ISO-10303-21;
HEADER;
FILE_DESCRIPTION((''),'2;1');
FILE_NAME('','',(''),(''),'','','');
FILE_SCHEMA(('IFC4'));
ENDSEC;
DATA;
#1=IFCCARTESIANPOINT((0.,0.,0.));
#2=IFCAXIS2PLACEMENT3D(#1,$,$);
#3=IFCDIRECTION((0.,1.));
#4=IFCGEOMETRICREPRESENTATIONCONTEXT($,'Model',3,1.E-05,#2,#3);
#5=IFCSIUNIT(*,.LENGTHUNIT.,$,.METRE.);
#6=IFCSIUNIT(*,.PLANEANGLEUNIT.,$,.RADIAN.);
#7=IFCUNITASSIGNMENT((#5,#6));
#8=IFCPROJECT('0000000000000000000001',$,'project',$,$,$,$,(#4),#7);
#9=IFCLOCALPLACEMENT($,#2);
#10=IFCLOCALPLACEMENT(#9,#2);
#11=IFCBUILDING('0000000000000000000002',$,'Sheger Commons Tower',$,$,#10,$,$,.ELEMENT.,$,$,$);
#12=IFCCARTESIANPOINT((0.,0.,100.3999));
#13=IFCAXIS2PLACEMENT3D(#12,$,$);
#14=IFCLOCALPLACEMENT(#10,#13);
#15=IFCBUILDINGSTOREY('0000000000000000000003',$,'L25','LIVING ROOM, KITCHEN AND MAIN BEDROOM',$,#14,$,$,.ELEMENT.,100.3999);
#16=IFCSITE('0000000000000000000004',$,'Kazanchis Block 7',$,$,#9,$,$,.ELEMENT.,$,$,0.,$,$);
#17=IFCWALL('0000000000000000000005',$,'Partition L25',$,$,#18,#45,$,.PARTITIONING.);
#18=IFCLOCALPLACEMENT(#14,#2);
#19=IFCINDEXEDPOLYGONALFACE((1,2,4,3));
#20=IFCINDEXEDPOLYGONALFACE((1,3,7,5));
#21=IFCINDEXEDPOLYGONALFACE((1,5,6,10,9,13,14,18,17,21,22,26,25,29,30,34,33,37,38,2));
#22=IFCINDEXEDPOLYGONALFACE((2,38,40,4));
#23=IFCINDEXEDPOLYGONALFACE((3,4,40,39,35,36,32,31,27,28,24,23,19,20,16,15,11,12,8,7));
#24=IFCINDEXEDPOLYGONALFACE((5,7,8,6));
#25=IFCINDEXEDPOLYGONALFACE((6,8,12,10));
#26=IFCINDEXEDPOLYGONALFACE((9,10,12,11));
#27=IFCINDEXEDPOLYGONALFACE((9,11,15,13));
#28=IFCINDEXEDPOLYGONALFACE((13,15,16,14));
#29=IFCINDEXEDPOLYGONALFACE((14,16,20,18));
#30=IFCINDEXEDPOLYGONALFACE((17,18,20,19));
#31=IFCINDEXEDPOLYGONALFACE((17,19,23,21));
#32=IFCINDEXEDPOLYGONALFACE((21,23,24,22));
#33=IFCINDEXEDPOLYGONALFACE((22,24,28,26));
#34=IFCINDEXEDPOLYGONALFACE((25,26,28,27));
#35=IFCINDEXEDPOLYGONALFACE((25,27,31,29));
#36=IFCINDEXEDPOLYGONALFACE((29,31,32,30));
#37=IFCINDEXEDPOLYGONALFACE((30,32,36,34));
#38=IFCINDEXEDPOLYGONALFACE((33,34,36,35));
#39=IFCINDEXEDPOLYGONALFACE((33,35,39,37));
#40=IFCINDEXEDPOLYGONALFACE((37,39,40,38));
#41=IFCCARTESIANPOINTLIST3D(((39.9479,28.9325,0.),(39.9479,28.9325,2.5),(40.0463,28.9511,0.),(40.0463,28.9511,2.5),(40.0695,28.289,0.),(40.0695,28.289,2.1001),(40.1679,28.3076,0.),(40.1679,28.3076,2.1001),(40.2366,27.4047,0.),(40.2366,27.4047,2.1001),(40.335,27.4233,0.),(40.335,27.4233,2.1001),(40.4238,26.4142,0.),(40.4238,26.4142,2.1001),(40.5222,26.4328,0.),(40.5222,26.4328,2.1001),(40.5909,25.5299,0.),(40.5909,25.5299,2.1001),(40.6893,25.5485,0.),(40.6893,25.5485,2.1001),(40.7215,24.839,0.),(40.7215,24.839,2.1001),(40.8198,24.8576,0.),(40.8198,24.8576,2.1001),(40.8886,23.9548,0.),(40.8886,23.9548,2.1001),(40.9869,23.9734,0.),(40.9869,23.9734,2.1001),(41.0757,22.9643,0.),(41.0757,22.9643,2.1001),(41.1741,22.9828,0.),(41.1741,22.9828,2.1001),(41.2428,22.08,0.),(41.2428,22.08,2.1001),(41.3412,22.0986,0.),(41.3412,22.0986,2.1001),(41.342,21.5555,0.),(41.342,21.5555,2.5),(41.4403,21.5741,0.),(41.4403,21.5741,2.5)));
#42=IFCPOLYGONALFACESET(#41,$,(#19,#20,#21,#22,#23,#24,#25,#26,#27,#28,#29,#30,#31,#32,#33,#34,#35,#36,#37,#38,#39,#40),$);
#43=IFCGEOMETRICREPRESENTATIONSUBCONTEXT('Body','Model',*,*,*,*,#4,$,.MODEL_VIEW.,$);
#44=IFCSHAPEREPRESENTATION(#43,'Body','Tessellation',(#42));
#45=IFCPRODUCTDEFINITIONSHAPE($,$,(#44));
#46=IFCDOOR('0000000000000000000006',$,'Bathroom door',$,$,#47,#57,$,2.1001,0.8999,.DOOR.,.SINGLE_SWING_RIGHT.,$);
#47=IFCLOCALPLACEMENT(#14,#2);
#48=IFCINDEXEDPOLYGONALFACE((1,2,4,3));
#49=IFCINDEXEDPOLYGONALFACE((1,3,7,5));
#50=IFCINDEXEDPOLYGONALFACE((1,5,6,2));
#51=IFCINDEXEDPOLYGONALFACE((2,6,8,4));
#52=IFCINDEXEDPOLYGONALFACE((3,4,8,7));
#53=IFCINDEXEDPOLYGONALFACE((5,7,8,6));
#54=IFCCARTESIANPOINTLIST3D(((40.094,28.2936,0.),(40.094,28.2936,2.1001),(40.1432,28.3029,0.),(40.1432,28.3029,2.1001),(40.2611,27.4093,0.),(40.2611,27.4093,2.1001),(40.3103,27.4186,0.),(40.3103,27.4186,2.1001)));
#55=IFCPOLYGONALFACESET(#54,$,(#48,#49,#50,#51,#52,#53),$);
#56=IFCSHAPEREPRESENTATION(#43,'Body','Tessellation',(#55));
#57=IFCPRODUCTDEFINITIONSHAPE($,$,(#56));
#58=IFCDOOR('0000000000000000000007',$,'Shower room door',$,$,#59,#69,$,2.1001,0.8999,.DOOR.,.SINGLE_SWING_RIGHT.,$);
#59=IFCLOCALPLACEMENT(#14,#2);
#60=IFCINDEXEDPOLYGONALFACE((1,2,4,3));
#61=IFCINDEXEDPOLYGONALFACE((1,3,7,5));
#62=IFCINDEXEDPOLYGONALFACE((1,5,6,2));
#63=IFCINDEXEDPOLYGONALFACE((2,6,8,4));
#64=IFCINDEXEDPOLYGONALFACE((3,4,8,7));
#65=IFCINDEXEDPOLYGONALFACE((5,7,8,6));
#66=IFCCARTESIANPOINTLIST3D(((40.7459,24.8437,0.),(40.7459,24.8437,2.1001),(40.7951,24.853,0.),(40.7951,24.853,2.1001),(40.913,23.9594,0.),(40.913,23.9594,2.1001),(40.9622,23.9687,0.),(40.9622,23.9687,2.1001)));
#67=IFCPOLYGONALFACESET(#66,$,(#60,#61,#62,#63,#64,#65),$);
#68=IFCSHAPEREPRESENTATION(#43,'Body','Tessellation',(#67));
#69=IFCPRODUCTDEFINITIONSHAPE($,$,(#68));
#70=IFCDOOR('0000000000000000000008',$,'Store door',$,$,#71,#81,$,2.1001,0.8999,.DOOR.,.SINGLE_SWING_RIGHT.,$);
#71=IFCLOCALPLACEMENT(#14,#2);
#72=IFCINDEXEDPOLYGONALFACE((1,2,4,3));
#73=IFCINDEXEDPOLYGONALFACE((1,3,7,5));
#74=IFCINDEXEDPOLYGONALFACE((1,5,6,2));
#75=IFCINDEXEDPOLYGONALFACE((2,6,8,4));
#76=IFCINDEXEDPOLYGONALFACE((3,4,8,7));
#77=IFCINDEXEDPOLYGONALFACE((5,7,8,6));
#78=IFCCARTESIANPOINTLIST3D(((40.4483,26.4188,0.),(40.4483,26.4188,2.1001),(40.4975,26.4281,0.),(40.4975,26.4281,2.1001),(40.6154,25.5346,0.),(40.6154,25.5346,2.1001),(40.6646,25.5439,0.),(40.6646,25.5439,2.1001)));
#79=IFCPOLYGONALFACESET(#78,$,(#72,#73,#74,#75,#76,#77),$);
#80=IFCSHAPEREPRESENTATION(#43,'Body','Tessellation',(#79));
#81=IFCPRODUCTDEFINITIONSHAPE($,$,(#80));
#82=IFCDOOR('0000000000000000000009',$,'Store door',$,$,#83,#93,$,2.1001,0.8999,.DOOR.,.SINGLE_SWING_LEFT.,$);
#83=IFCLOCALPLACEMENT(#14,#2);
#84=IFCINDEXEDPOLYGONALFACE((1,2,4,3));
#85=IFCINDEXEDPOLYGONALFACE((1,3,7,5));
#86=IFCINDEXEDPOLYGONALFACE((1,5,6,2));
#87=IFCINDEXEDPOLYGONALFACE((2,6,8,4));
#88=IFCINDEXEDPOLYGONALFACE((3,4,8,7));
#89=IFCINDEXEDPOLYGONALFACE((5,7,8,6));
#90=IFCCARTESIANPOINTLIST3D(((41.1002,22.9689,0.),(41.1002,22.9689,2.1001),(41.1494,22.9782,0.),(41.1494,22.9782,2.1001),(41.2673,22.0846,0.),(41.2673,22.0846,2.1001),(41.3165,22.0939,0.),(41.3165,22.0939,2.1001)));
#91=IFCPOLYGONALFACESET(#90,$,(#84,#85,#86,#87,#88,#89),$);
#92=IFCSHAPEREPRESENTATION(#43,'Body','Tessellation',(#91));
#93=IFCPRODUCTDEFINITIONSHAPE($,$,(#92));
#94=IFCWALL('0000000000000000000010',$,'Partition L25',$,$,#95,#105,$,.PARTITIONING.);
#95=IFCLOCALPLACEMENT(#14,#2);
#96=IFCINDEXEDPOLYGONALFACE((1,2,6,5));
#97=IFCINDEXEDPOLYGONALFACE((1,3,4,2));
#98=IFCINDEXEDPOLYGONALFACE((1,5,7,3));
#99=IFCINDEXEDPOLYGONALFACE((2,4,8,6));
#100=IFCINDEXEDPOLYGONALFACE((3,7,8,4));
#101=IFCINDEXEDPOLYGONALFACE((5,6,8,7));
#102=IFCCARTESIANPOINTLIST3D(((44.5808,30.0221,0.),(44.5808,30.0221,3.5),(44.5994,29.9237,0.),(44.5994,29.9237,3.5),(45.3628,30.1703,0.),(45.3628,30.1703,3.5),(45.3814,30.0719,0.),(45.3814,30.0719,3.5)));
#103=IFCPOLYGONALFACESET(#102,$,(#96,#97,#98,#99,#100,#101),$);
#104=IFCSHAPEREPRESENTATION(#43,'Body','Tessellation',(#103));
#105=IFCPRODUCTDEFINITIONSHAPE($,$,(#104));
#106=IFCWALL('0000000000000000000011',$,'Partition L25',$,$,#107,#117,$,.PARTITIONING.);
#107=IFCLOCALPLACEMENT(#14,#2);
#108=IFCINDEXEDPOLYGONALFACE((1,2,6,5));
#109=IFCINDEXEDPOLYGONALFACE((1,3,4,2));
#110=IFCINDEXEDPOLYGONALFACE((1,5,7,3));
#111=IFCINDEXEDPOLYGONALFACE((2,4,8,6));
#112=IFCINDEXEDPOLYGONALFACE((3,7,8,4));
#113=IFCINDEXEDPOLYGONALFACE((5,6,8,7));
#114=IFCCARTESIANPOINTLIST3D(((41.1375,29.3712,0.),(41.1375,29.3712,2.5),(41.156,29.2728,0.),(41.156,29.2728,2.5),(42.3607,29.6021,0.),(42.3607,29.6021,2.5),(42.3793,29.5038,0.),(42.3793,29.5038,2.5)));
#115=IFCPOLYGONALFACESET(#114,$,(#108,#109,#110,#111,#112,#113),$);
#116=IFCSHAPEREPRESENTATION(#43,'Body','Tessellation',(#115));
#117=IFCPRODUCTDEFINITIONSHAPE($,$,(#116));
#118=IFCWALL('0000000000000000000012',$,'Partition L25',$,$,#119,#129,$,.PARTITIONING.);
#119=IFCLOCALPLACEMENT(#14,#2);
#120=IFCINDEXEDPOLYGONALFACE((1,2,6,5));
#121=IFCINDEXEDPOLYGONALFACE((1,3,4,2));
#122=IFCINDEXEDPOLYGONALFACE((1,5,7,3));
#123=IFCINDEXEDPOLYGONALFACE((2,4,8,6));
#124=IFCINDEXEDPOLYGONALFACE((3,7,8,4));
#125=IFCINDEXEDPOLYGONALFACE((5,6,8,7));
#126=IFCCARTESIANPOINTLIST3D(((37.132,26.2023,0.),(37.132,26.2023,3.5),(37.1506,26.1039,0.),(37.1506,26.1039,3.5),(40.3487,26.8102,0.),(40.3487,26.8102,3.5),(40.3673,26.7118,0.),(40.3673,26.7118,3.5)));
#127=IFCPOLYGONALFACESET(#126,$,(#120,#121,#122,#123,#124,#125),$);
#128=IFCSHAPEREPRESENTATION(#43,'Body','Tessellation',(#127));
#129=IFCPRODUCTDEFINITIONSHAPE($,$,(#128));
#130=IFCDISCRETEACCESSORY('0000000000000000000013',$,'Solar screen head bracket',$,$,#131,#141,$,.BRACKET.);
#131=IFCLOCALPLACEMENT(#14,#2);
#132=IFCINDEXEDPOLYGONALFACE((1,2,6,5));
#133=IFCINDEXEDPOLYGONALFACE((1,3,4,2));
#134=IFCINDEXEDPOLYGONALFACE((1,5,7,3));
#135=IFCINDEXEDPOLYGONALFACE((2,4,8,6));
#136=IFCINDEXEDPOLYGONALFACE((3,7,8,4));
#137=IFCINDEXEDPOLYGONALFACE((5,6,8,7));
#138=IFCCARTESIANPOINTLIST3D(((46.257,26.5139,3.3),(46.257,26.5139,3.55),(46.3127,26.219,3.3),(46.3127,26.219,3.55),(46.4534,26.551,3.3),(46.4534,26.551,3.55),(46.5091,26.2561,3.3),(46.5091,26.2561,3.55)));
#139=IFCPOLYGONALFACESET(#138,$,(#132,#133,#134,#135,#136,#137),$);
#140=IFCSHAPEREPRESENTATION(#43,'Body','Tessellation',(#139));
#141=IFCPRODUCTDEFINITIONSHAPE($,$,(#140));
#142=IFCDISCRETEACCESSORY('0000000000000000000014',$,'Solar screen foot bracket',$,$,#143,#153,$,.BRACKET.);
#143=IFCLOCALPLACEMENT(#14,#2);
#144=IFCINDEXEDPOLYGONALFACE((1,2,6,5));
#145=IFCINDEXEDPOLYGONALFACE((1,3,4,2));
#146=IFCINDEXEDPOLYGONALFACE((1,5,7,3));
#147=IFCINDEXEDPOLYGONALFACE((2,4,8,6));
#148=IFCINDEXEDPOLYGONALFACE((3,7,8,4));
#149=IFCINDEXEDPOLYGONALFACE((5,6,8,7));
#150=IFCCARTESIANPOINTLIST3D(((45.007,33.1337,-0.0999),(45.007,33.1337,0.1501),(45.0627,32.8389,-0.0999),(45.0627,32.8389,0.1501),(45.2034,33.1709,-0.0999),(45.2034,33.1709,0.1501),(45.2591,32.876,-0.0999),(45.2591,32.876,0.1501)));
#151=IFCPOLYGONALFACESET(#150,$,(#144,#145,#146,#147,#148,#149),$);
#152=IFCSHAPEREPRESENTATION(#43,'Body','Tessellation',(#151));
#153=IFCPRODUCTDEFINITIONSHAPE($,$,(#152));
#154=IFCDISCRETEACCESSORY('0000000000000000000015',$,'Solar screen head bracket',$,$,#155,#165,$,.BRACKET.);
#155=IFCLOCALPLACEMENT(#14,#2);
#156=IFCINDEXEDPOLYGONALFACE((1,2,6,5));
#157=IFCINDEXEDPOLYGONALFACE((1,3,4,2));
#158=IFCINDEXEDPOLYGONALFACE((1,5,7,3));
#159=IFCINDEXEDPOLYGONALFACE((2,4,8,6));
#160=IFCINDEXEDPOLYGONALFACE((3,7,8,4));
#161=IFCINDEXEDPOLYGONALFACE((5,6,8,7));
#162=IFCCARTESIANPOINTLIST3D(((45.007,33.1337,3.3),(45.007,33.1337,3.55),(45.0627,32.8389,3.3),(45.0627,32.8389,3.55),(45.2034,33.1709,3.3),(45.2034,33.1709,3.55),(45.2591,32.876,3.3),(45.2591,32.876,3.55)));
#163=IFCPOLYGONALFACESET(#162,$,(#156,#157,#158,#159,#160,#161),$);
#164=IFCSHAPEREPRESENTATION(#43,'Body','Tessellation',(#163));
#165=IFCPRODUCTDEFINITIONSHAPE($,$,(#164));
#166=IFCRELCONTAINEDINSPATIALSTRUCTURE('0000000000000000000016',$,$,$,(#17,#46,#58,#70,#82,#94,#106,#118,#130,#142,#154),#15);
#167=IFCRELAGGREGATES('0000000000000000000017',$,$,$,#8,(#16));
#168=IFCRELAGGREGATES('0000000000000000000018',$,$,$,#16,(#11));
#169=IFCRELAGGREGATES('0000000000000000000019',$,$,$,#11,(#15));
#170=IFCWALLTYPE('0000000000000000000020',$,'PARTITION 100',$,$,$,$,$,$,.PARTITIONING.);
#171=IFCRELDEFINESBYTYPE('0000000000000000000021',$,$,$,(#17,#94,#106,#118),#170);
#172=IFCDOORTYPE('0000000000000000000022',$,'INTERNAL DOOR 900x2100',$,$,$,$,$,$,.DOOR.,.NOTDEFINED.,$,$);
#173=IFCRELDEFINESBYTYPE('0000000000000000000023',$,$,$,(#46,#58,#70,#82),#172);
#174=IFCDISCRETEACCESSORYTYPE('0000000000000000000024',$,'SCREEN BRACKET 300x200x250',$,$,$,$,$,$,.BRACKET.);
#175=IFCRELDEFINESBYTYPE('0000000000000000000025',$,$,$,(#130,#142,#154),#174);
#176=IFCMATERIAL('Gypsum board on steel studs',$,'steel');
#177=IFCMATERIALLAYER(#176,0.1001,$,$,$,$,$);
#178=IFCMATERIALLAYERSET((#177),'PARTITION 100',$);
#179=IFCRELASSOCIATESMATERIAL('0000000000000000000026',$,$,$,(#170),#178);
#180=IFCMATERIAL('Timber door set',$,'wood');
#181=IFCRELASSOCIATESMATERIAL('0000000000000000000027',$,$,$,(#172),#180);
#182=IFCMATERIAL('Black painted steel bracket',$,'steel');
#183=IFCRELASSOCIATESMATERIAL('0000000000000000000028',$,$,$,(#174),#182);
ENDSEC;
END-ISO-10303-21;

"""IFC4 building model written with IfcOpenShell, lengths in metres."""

from ifc_helpers import new_model, si_unit, direction, frame, frame_2d, origin, origin_2d, place, context, subcontext, project, spatial, rectangle, extrude, material, layer, layer_set, type_object, element, fill, save


model = new_model("IFC4")

# Units and contexts
model_context = context("Model", 3, precision=1e-05, world=origin(), true_north=direction((0.0, 1.0)))
body_context = subcontext(model_context, "Body", "Model", "MODEL_VIEW")
ifc_project = project(units=[si_unit("LENGTHUNIT", "METRE"), si_unit("PLANEANGLEUNIT", "RADIAN")], contexts=[model_context])

# Site, building, storey
site_placement = place(None, origin())
site = spatial("IfcSite", under=ifc_project, at=site_placement, Name="Kazanchis Block 7", CompositionType="ELEMENT", RefElevation=0.0)
building_placement = place(site_placement, origin())
building = spatial("IfcBuilding", under=site, at=building_placement, Name="Sheger Commons Tower", CompositionType="ELEMENT")
storey_placement = place(building_placement, frame((0.0, 0.0, 100.3999)))
storey = spatial("IfcBuildingStorey", under=building, at=storey_placement, Name="L25", Description="LIVING ROOM, KITCHEN AND MAIN BEDROOM", CompositionType="ELEMENT", Elevation=100.3999)

# Wall, openings, doors
ifc_material_1 = material(Name="Gypsum board on steel studs", Category="steel")
ifc_layer_1 = layer(ifc_material_1, 0.1001)
ifc_layer_set_1 = layer_set([ifc_layer_1], Name="PARTITION 100")
wall_type_1 = type_object("IfcWallType", Name="PARTITION 100", PredefinedType="PARTITIONING", material=ifc_layer_set_1)
ifc_material_2 = material(Name="Timber door set", Category="wood")
door_type = type_object("IfcDoorType", Name="INTERNAL DOOR 900x2100", OperationType="NOTDEFINED", PredefinedType="DOOR", material=ifc_material_2)
wall_1_placement = place(storey_placement, frame((39.9971, 28.9419, 0.0), z_axis=(0.0, 0.0, 1.0), x_axis=(0.185686, -0.982609, 0.0)))
wall_1 = element("IfcWall", 1, at=wall_1_placement, inside=storey, type_object=wall_type_1, Name="Partition L25", PredefinedType="PARTITIONING", context=body_context, shape_type="SweptSolid", body=[
    extrude(rectangle(XDim=7.5076, YDim=0.1001, at=frame_2d((3.7539, 0.0))), origin(), (0.0, 0.0, 1.0), 2.5),
])
opening_1_placement = place(wall_1_placement, frame((0.655, 0.0, 0.0)))
opening_1 = element("IfcOpeningElement", 2, at=opening_1_placement, cuts=wall_1, PredefinedType="OPENING", context=body_context, shape_type="SweptSolid", body=[
    extrude(rectangle(XDim=0.8999, YDim=2.1001, at=frame_2d((0.45, 1.05))), frame((0.0, 0.0601, 0.0), z_axis=(0.0, -1.0, 0.0), x_axis=(1.0, 0.0, 0.0)), (0.0, 0.0, 1.0), 0.1201),
])
opening_2_placement = place(wall_1_placement, frame((4.166, 0.0, 0.0)))
opening_2 = element("IfcOpeningElement", 3, at=opening_2_placement, cuts=wall_1, PredefinedType="OPENING", context=body_context, shape_type="SweptSolid", body=[
    extrude(rectangle(XDim=0.8999, YDim=2.1001, at=frame_2d((0.45, 1.05))), frame((0.0, 0.0601, 0.0), z_axis=(0.0, -1.0, 0.0), x_axis=(1.0, 0.0, 0.0)), (0.0, 0.0, 1.0), 0.1201),
])
opening_3_placement = place(wall_1_placement, frame((2.563, 0.0, 0.0)))
opening_3 = element("IfcOpeningElement", 4, at=opening_3_placement, cuts=wall_1, PredefinedType="OPENING", context=body_context, shape_type="SweptSolid", body=[
    extrude(rectangle(XDim=0.8999, YDim=2.1001, at=frame_2d((0.45, 1.05))), frame((0.0, 0.0601, 0.0), z_axis=(0.0, -1.0, 0.0), x_axis=(1.0, 0.0, 0.0)), (0.0, 0.0, 1.0), 0.1201),
])
opening_4_placement = place(wall_1_placement, frame((6.074, 0.0, 0.0)))
opening_4 = element("IfcOpeningElement", 5, at=opening_4_placement, cuts=wall_1, PredefinedType="OPENING", context=body_context, shape_type="SweptSolid", body=[
    extrude(rectangle(XDim=0.8999, YDim=2.1001, at=frame_2d((0.45, 1.05))), frame((0.0, 0.0601, 0.0), z_axis=(0.0, -1.0, 0.0), x_axis=(1.0, 0.0, 0.0)), (0.0, 0.0, 1.0), 0.1201),
])
door_1_placement = place(opening_1_placement, origin())
door_1 = element("IfcDoor", 6, at=door_1_placement, inside=storey, type_object=door_type, Name="Bathroom door", OperationType="SINGLE_SWING_RIGHT", OverallHeight=2.1001, OverallWidth=0.8999, PredefinedType="DOOR", context=body_context, shape_type="SweptSolid", body=[
    extrude(rectangle(XDim=0.8999, YDim=2.1001, at=frame_2d((0.45, 1.05))), frame((0.0, 0.0249, 0.0), z_axis=(0.0, -1.0, 0.0), x_axis=(1.0, 0.0, 0.0)), (0.0, 0.0, 1.0), 0.05),
])
fill(opening_1, door_1)
door_2_placement = place(opening_2_placement, origin())
door_2 = element("IfcDoor", 7, at=door_2_placement, inside=storey, type_object=door_type, Name="Shower room door", OperationType="SINGLE_SWING_RIGHT", OverallHeight=2.1001, OverallWidth=0.8999, PredefinedType="DOOR", context=body_context, shape_type="SweptSolid", body=[
    extrude(rectangle(XDim=0.8999, YDim=2.1001, at=frame_2d((0.45, 1.05))), frame((0.0, 0.0249, 0.0), z_axis=(0.0, -1.0, 0.0), x_axis=(1.0, 0.0, 0.0)), (0.0, 0.0, 1.0), 0.05),
])
fill(opening_2, door_2)
door_3_placement = place(opening_3_placement, origin())
door_3 = element("IfcDoor", 8, at=door_3_placement, inside=storey, type_object=door_type, Name="Store door", OperationType="SINGLE_SWING_RIGHT", OverallHeight=2.1001, OverallWidth=0.8999, PredefinedType="DOOR", context=body_context, shape_type="SweptSolid", body=[
    extrude(rectangle(XDim=0.8999, YDim=2.1001, at=frame_2d((0.45, 1.05))), frame((0.0, 0.0249, 0.0), z_axis=(0.0, -1.0, 0.0), x_axis=(1.0, 0.0, 0.0)), (0.0, 0.0, 1.0), 0.05),
])
fill(opening_3, door_3)
door_4_placement = place(opening_4_placement, origin())
door_4 = element("IfcDoor", 9, at=door_4_placement, inside=storey, type_object=door_type, Name="Store door", OperationType="SINGLE_SWING_LEFT", OverallHeight=2.1001, OverallWidth=0.8999, PredefinedType="DOOR", context=body_context, shape_type="SweptSolid", body=[
    extrude(rectangle(XDim=0.8999, YDim=2.1001, at=frame_2d((0.45, 1.05))), frame((0.0, 0.0249, 0.0), z_axis=(0.0, -1.0, 0.0), x_axis=(1.0, 0.0, 0.0)), (0.0, 0.0, 1.0), 0.05),
])
fill(opening_4, door_4)

# Walls
wall_2_placement = place(storey_placement, frame((45.3721, 30.1211, 0.0), z_axis=(0.0, 0.0, 1.0), x_axis=(-0.982513, -0.186196, 0.0)))
element("IfcWall", 10, at=wall_2_placement, inside=storey, type_object=wall_type_1, Name="Partition L25", PredefinedType="PARTITIONING", context=body_context, shape_type="SweptSolid", body=[
    extrude(rectangle(XDim=0.7959, YDim=0.1001, at=frame_2d((0.3979, 0.0))), origin(), (0.0, 0.0, 1.0), 3.5),
])
wall_3_placement = place(storey_placement, frame((42.3701, 29.553, 0.0), z_axis=(0.0, 0.0, 1.0), x_axis=(-0.982636, -0.185544, 0.0)))
element("IfcWall", 11, at=wall_3_placement, inside=storey, type_object=wall_type_1, Name="Partition L25", PredefinedType="PARTITIONING", context=body_context, shape_type="SweptSolid", body=[
    extrude(rectangle(XDim=1.2449, YDim=0.1001, at=frame_2d((0.6226, 0.0))), origin(), (0.0, 0.0, 1.0), 2.5),
])
wall_4_placement = place(storey_placement, frame((40.3579, 26.761, 0.0), z_axis=(0.0, 0.0, 1.0), x_axis=(-0.982608, -0.185693, 0.0)))
element("IfcWall", 12, at=wall_4_placement, inside=storey, type_object=wall_type_1, Name="Partition L25", PredefinedType="PARTITIONING", context=body_context, shape_type="SweptSolid", body=[
    extrude(rectangle(XDim=3.2737, YDim=0.1001, at=frame_2d((1.6367, 0.0))), origin(), (0.0, 0.0, 1.0), 3.5),
])

# Discrete accessories
ifc_material_3 = material(Name="Black painted steel bracket", Category="steel")
discrete_accessory_type = type_object("IfcDiscreteAccessoryType", Name="SCREEN BRACKET 300x200x250", PredefinedType="BRACKET", material=ifc_material_3)
for number, where, z_axis, x_axis, name in (
    (13, (46.3831, 26.385, 3.3), (0.0, 0.0, 1.0), (-0.185615, 0.982623, 0.0), "Solar screen head bracket"),
    (14, (45.1331, 33.0049, -0.0999), (0.0, 0.0, 1.0), (-0.185615, 0.982623, 0.0), "Solar screen foot bracket"),
    (15, (45.1331, 33.0049, 3.3), (0.0, 0.0, 1.0), (-0.185615, 0.982623, 0.0), "Solar screen head bracket"),
):
    element("IfcDiscreteAccessory", number, at=place(storey_placement, frame(where, z_axis=z_axis, x_axis=x_axis)), inside=storey, type_object=discrete_accessory_type, Name=name, PredefinedType="BRACKET", context=body_context, shape_type="SweptSolid", body=[
        extrude(rectangle(XDim=0.3, YDim=0.2, at=origin_2d()), origin(), (0.0, 0.0, 1.0), 0.25),
    ])

save(model, "model.ifc")
